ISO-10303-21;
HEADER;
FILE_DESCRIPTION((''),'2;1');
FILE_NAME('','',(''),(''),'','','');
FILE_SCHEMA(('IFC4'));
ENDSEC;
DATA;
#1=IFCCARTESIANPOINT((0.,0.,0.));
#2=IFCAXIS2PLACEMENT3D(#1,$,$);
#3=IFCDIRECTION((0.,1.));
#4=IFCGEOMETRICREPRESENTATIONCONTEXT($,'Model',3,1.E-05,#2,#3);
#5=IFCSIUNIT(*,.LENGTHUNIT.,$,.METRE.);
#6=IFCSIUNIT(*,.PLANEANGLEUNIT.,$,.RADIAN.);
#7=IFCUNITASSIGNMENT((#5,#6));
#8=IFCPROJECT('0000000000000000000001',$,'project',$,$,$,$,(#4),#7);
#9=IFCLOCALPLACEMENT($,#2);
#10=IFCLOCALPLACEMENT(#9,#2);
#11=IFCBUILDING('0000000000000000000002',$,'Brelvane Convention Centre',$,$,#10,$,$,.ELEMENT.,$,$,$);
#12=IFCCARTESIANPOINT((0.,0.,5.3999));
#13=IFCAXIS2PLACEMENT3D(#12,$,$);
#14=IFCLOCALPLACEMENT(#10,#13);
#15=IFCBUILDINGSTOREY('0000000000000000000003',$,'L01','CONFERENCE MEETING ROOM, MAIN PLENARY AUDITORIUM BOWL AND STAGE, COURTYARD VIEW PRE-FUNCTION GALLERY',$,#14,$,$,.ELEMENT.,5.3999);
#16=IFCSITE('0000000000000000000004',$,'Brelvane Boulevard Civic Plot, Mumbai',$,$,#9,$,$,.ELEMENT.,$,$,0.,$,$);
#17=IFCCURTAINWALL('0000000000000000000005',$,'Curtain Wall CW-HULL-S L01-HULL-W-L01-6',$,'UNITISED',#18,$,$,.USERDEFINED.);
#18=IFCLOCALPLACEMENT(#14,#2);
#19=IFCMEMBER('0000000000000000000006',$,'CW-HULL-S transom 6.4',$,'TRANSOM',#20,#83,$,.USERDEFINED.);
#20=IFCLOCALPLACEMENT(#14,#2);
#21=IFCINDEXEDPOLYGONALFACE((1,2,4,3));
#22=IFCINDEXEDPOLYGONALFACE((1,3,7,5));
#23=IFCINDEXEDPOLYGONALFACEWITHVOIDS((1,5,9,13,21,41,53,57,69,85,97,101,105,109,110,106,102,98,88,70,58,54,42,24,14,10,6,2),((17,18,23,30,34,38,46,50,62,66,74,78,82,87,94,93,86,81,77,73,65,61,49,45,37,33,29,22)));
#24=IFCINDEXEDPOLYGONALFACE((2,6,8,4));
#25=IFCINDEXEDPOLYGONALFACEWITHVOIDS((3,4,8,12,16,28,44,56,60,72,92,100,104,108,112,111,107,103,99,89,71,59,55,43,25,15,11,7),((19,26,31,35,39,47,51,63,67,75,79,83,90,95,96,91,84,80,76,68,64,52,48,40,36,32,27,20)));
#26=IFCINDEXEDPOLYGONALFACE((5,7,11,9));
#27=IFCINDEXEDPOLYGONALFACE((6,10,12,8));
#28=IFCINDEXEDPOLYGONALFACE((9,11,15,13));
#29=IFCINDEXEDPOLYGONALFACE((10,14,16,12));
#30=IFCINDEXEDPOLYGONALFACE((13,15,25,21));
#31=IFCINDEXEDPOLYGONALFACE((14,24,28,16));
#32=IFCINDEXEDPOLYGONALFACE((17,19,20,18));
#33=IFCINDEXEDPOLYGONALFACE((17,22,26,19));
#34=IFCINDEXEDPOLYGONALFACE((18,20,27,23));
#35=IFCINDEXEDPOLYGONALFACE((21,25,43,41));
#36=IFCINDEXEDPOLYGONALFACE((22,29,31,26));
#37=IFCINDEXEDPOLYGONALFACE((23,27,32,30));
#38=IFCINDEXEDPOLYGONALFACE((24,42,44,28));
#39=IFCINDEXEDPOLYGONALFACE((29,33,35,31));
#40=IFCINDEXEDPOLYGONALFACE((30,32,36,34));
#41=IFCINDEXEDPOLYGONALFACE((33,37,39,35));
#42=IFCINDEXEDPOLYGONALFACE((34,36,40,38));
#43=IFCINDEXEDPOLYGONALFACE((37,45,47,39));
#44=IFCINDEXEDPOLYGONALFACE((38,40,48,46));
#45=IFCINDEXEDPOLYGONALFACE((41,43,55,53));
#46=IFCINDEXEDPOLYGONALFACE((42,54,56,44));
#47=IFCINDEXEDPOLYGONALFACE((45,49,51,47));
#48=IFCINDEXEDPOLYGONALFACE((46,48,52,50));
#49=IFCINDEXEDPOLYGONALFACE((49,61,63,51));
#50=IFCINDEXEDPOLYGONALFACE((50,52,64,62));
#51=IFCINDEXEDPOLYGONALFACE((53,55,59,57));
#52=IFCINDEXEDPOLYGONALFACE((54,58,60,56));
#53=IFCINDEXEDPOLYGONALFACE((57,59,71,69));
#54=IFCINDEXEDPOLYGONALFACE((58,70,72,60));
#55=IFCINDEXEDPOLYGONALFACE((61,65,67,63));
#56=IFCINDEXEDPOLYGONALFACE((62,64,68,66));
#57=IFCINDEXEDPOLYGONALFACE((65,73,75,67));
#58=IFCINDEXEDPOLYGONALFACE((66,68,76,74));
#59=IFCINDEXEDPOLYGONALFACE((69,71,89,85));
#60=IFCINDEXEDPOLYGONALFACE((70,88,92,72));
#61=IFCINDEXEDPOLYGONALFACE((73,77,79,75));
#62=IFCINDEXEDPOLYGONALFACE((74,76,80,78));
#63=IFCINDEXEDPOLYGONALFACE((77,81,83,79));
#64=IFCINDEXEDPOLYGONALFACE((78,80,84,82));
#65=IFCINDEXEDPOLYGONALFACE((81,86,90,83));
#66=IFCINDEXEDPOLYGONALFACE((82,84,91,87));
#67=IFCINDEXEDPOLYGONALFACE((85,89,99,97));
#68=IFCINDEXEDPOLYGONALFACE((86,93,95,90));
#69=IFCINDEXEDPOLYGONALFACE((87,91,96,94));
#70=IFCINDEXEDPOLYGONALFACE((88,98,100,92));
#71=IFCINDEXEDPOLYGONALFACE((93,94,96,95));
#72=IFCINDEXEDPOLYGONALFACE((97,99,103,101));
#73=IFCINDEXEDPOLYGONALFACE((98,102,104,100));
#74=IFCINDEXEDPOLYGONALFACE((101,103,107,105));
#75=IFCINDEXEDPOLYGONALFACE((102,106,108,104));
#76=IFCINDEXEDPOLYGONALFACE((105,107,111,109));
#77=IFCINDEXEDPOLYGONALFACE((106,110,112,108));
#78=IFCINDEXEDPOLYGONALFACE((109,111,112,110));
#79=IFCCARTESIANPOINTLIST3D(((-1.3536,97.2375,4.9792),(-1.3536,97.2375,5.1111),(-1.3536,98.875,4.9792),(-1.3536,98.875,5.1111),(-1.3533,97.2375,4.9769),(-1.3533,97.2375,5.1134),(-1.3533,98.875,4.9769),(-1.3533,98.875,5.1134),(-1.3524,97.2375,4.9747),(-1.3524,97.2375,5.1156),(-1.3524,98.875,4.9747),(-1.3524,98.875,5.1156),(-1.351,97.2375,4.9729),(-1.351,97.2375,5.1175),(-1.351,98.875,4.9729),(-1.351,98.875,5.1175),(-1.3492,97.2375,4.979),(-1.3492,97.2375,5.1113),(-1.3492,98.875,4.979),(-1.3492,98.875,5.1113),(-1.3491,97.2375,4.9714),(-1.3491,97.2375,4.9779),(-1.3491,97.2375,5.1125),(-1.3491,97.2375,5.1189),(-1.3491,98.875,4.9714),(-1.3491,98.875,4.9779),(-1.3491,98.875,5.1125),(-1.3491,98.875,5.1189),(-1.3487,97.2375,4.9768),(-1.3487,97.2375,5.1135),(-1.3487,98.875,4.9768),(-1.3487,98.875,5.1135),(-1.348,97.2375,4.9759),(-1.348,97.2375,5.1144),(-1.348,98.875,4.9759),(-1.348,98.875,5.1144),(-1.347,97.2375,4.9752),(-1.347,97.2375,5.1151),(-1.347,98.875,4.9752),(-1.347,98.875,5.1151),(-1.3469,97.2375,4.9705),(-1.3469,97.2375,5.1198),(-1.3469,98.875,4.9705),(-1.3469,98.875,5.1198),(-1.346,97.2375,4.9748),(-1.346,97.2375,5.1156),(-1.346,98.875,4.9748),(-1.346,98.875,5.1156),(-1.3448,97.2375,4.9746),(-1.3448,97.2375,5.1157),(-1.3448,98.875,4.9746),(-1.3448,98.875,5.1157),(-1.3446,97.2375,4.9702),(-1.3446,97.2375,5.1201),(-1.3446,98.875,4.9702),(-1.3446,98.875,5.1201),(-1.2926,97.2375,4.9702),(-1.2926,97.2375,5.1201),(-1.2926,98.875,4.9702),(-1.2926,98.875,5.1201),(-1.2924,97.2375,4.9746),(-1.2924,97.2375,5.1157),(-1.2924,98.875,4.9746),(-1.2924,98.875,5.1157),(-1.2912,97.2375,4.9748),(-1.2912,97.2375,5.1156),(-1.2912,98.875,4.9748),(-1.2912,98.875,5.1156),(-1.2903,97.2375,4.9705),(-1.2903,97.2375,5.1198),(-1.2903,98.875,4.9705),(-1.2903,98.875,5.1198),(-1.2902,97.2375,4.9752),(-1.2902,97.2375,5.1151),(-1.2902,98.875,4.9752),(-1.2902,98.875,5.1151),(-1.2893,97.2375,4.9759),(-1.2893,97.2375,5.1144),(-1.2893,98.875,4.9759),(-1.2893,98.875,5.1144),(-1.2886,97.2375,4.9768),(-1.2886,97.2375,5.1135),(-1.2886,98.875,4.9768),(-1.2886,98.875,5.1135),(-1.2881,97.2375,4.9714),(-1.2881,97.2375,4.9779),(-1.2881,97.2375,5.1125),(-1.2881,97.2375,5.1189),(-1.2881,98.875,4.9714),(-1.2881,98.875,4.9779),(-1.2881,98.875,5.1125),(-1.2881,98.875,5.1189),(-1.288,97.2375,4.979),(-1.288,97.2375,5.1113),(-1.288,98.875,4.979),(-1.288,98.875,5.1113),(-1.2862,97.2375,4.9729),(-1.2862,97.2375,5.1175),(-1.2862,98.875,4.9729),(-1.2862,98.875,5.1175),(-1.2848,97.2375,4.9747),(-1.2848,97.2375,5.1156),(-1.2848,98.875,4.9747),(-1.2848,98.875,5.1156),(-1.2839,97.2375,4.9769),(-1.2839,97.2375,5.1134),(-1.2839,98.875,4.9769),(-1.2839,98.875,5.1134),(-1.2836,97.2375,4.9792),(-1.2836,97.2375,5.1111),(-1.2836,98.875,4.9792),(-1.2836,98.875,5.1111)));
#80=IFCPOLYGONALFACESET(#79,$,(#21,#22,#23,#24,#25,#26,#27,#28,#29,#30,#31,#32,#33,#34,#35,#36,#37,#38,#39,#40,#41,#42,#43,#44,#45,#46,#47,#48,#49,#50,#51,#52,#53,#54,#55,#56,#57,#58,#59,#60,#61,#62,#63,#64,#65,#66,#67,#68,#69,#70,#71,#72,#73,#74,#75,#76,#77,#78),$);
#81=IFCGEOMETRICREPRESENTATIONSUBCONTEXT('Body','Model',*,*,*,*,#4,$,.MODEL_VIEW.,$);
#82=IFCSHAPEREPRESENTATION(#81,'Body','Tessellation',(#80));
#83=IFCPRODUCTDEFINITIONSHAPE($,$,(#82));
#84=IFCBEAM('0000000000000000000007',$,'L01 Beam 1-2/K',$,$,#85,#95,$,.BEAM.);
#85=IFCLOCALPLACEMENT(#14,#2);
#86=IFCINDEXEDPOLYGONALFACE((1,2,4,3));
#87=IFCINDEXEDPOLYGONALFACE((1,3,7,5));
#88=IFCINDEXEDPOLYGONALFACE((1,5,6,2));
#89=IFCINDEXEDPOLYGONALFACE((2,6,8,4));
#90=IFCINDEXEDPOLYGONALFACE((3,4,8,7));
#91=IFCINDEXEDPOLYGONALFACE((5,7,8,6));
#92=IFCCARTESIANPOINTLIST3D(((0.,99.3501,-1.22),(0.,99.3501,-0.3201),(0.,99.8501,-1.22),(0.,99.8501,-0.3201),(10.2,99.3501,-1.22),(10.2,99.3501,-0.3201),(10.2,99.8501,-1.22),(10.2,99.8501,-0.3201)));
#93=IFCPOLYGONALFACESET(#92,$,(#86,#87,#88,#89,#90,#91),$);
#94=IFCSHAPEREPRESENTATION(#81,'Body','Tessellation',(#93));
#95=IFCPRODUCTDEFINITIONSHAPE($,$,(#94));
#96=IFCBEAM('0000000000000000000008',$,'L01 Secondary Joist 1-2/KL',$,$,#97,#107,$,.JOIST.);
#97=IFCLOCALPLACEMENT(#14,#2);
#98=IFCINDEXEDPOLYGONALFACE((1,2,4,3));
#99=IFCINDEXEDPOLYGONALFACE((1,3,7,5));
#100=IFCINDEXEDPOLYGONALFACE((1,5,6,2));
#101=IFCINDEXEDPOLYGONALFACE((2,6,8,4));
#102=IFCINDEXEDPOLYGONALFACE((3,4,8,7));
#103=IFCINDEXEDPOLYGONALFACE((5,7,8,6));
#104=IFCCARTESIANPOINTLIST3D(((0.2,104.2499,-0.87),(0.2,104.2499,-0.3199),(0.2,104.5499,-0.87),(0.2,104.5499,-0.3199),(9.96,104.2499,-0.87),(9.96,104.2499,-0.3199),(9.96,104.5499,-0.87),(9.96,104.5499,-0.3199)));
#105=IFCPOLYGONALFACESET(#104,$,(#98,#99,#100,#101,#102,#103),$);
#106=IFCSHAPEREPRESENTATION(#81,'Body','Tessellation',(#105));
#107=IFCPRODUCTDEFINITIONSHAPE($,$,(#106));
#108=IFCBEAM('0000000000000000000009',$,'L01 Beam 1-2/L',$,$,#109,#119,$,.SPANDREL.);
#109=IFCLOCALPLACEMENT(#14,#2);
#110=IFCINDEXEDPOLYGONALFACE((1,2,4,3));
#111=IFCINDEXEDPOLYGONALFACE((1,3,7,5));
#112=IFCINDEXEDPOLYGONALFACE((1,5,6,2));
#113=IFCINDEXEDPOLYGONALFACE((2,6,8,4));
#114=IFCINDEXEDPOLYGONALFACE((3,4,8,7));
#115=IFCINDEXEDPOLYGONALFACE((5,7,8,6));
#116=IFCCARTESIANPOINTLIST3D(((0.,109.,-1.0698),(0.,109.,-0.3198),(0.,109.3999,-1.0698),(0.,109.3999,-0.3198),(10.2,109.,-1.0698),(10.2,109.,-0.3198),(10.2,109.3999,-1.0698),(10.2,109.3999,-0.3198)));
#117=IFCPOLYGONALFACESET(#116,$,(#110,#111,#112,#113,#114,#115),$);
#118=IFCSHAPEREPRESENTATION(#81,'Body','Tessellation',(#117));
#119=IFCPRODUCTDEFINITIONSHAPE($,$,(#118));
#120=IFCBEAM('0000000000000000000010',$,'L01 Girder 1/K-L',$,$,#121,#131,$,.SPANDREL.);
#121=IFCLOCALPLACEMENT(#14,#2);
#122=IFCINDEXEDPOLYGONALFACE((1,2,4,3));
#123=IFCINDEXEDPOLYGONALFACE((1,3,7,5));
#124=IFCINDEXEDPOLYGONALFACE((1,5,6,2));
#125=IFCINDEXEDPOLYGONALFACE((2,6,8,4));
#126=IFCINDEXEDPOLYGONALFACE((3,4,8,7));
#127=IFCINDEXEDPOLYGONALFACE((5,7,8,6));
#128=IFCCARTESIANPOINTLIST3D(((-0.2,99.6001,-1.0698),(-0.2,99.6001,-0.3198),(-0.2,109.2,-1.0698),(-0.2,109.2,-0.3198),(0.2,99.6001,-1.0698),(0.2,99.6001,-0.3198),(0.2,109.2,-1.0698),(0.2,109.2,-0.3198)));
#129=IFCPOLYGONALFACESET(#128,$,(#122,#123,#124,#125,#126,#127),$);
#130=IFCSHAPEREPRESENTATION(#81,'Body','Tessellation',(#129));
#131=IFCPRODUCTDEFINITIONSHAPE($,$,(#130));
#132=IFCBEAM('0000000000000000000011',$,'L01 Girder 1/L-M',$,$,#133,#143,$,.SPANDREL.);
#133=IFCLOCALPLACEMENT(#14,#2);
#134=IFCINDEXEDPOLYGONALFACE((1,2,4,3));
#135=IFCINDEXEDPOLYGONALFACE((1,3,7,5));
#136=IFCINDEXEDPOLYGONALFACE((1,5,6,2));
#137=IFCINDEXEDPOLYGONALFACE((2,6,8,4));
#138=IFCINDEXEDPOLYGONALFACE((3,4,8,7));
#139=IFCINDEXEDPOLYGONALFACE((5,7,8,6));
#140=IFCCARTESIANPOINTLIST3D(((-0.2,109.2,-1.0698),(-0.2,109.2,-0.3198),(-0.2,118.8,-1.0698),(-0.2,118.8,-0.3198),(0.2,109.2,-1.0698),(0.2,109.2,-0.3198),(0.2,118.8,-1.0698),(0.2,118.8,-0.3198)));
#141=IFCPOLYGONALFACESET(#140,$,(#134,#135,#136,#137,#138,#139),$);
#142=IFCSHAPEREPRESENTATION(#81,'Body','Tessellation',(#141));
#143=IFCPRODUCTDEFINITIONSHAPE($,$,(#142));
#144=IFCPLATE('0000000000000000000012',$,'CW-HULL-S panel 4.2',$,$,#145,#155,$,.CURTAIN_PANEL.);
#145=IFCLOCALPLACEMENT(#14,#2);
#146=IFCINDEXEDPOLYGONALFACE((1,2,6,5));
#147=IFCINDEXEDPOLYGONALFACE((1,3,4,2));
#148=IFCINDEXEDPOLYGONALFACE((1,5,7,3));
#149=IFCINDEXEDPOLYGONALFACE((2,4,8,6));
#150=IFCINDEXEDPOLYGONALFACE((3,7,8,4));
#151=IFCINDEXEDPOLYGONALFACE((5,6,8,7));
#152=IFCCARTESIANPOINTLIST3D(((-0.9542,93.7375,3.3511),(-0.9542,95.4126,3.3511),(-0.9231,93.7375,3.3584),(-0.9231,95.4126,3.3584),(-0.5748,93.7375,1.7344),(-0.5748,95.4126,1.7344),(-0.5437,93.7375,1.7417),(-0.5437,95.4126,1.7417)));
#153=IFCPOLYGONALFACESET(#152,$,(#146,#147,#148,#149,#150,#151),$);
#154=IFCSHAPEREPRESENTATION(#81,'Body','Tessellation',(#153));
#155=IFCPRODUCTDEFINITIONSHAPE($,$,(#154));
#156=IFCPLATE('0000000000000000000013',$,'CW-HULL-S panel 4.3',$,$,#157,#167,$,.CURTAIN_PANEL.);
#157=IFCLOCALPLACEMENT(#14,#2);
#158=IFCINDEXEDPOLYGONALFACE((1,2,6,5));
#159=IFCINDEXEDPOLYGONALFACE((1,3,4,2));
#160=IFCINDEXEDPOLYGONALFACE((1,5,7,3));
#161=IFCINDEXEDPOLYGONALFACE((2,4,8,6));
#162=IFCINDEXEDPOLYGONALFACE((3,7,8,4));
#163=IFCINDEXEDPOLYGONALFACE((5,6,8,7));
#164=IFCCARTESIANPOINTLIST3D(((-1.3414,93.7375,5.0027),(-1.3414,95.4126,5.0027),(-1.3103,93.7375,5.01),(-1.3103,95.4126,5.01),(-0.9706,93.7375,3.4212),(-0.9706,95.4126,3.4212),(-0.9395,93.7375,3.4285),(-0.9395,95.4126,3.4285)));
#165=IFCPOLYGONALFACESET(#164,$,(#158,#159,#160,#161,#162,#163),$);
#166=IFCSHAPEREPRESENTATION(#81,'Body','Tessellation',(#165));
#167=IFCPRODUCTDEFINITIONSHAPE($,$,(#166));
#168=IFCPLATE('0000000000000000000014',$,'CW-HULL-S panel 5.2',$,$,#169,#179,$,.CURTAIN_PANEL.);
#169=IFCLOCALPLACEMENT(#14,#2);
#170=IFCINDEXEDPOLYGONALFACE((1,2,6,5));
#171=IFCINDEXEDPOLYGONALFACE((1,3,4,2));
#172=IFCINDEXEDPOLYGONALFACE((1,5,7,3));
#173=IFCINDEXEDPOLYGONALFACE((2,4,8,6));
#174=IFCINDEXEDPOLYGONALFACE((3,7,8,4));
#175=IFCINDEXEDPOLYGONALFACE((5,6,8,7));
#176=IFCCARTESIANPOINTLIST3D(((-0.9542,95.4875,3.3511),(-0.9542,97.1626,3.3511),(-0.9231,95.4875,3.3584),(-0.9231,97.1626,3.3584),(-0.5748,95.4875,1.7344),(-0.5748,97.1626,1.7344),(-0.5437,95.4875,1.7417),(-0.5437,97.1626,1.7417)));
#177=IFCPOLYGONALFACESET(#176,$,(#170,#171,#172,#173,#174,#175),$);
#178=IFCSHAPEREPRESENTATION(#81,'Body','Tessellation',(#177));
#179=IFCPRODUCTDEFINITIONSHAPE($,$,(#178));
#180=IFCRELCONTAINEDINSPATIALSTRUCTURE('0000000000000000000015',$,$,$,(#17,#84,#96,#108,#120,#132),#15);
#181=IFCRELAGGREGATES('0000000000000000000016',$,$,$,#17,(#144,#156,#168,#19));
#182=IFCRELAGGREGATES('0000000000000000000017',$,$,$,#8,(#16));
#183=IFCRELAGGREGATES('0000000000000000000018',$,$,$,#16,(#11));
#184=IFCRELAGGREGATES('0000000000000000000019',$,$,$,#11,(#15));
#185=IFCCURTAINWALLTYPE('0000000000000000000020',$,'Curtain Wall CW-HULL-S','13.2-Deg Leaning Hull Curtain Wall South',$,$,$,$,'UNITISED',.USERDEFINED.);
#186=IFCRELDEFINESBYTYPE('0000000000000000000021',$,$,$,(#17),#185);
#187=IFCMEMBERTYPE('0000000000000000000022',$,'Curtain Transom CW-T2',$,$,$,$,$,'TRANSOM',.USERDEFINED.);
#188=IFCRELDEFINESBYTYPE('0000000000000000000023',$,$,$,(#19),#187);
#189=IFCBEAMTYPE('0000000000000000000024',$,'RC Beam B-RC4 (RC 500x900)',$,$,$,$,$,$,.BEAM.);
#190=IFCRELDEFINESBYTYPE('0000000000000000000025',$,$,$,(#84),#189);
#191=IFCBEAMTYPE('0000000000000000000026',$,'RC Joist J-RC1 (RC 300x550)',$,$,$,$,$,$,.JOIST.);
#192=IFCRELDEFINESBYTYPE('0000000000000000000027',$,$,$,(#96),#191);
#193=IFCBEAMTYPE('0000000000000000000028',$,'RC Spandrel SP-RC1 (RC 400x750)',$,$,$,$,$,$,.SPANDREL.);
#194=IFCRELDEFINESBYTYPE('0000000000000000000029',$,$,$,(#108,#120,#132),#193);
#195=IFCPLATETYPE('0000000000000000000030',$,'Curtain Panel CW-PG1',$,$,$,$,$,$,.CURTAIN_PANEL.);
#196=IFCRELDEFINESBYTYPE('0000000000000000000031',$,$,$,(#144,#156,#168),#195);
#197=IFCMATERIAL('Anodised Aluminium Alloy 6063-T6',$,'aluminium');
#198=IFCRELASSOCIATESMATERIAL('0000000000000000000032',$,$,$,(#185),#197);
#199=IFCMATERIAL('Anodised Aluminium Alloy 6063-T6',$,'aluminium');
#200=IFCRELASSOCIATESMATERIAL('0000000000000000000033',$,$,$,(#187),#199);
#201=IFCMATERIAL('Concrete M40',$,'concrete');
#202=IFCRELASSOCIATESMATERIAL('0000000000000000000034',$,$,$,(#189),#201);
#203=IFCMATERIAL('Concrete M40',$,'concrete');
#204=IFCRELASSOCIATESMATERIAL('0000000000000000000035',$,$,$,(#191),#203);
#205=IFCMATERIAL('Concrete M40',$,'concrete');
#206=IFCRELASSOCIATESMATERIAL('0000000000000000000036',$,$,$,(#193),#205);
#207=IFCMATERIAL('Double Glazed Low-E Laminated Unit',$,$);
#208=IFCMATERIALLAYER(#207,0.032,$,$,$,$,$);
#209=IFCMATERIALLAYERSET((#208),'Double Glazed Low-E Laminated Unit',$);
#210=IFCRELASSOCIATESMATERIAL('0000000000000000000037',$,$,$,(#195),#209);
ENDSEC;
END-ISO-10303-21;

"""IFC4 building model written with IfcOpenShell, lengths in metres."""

from ifc_helpers import new_model, si_unit, direction, frame, origin, origin_2d, place, context, subcontext, project, spatial, polyline, rectangle, hollow_rectangle, outline, extrude, material, layer, layer_set, material_profile, profile_set, type_object, element, aggregate, save


model = new_model("IFC4")

# Units and contexts
model_context = context("Model", 3, precision=1e-05, world=origin(), true_north=direction((0.0, 1.0)))
body_context = subcontext(model_context, "Body", "Model", "MODEL_VIEW")
ifc_project = project(units=[si_unit("LENGTHUNIT", "METRE"), si_unit("PLANEANGLEUNIT", "RADIAN")], contexts=[model_context])

# Site, building, storey
site_placement = place(None, origin())
site = spatial("IfcSite", under=ifc_project, at=site_placement, Name="Brelvane Boulevard Civic Plot, Mumbai", CompositionType="ELEMENT", RefElevation=0.0)
building_placement = place(site_placement, origin())
building = spatial("IfcBuilding", under=site, at=building_placement, Name="Brelvane Convention Centre", CompositionType="ELEMENT")
storey_placement = place(building_placement, frame((0.0, 0.0, 5.3999)))
storey = spatial("IfcBuildingStorey", under=building, at=storey_placement, Name="L01", Description="CONFERENCE MEETING ROOM, MAIN PLENARY AUDITORIUM BOWL AND STAGE, COURTYARD VIEW PRE-FUNCTION GALLERY", CompositionType="ELEMENT", Elevation=5.3999)

# Curtain wall, member
ifc_material_1 = material(Name="Anodised Aluminium Alloy 6063-T6", Category="aluminium")
curtain_wall_type = type_object("IfcCurtainWallType", Name="Curtain Wall CW-HULL-S", Description="13.2-Deg Leaning Hull Curtain Wall South", ElementType="UNITISED", PredefinedType="USERDEFINED", material=ifc_material_1)
curtain_wall_placement = place(storey_placement, origin())
curtain_wall = element("IfcCurtainWall", 1, at=curtain_wall_placement, inside=storey, type_object=curtain_wall_type, Name="Curtain Wall CW-HULL-S L01-HULL-W-L01-6", ObjectType="UNITISED", PredefinedType="USERDEFINED")
ifc_material_2 = material(Name="Anodised Aluminium Alloy 6063-T6", Category="aluminium")
ifc_material_profile_1 = material_profile(ifc_material_2, hollow_rectangle(XDim=0.0701, YDim=0.1499, WallThickness=0.0044, InnerFilletRadius=0.0044, OuterFilletRadius=0.009, at=origin_2d()), Name="ALU-T 150x70x4.5")
ifc_profile_set_1 = profile_set([ifc_material_profile_1], Name="Anodised Aluminium Alloy 6063-T6")
member_type_1 = type_object("IfcMemberType", Name="Curtain Transom CW-T2", ElementType="TRANSOM", PredefinedType="USERDEFINED", material=ifc_profile_set_1)
member_1_placement = place(storey_placement, frame((-1.3186, 97.2375, 5.0452), z_axis=(0.0, 1.0, 0.0), x_axis=(-1.0, 0.0, 0.0)))
member_1 = element("IfcMember", 2, at=member_1_placement, type_object=member_type_1, Name="CW-HULL-S transom 6.4", ObjectType="TRANSOM", PredefinedType="USERDEFINED", context=body_context, shape_type="SweptSolid", body=[
    extrude(hollow_rectangle(XDim=0.0701, YDim=0.1499, WallThickness=0.0044, InnerFilletRadius=0.0044, OuterFilletRadius=0.009, at=origin_2d()), origin(), (0.0, 0.0, 1.0), 1.6375),
])

# Beams
ifc_material_3 = material(Name="Concrete M40", Category="concrete")
ifc_material_profile_2 = material_profile(ifc_material_3, rectangle(XDim=0.5, YDim=0.8999, at=origin_2d()), Name="RC 500x900")
ifc_profile_set_2 = profile_set([ifc_material_profile_2], Name="Concrete M40")
beam_type_1 = type_object("IfcBeamType", Name="RC Beam B-RC4 (RC 500x900)", PredefinedType="BEAM", material=ifc_profile_set_2)
beam_1_placement = place(storey_placement, frame((0.0, 99.6001, -0.77), z_axis=(1.0, 0.0, 0.0), x_axis=(0.0, 1.0, 0.0)))
element("IfcBeam", 3, at=beam_1_placement, inside=storey, type_object=beam_type_1, Name="L01 Beam 1-2/K", PredefinedType="BEAM", context=body_context, shape_type="SweptSolid", body=[
    extrude(rectangle(XDim=0.5, YDim=0.8999, at=origin_2d()), origin(), (0.0, 0.0, 1.0), 10.2),
])
ifc_material_4 = material(Name="Concrete M40", Category="concrete")
ifc_material_profile_3 = material_profile(ifc_material_4, rectangle(XDim=0.3, YDim=0.55, at=origin_2d()), Name="RC 300x550")
ifc_profile_set_3 = profile_set([ifc_material_profile_3], Name="Concrete M40")
beam_type_2 = type_object("IfcBeamType", Name="RC Joist J-RC1 (RC 300x550)", PredefinedType="JOIST", material=ifc_profile_set_3)
beam_2_placement = place(storey_placement, frame((0.2, 104.3999, -0.595), z_axis=(1.0, 0.0, 0.0), x_axis=(0.0, 1.0, 0.0)))
element("IfcBeam", 4, at=beam_2_placement, inside=storey, type_object=beam_type_2, Name="L01 Secondary Joist 1-2/KL", PredefinedType="JOIST", context=body_context, shape_type="SweptSolid", body=[
    extrude(rectangle(XDim=0.3, YDim=0.55, at=origin_2d()), origin(), (0.0, 0.0, 1.0), 9.76),
])
ifc_material_5 = material(Name="Concrete M40", Category="concrete")
ifc_material_profile_4 = material_profile(ifc_material_5, rectangle(XDim=0.3999, YDim=0.75, at=origin_2d()), Name="RC 400x750")
ifc_profile_set_4 = profile_set([ifc_material_profile_4], Name="Concrete M40")
beam_type_3 = type_object("IfcBeamType", Name="RC Spandrel SP-RC1 (RC 400x750)", PredefinedType="SPANDREL", material=ifc_profile_set_4)
beam_3_placement = place(storey_placement, frame((0.0, 109.2, -0.6948), z_axis=(1.0, 0.0, 0.0), x_axis=(0.0, 1.0, 0.0)))
element("IfcBeam", 5, at=beam_3_placement, inside=storey, type_object=beam_type_3, Name="L01 Beam 1-2/L", PredefinedType="SPANDREL", context=body_context, shape_type="SweptSolid", body=[
    extrude(rectangle(XDim=0.3999, YDim=0.75, at=origin_2d()), origin(), (0.0, 0.0, 1.0), 10.2),
])
beam_4_placement = place(storey_placement, frame((0.0, 99.6001, -0.6948), z_axis=(0.0, 1.0, 0.0), x_axis=(-1.0, 0.0, 0.0)))
element("IfcBeam", 6, at=beam_4_placement, inside=storey, type_object=beam_type_3, Name="L01 Girder 1/K-L", PredefinedType="SPANDREL", context=body_context, shape_type="SweptSolid", body=[
    extrude(rectangle(XDim=0.3999, YDim=0.75, at=origin_2d()), origin(), (0.0, 0.0, 1.0), 9.5999),
])
beam_5_placement = place(storey_placement, frame((0.0, 109.2, -0.6948), z_axis=(0.0, 1.0, 0.0), x_axis=(-1.0, 0.0, 0.0)))
element("IfcBeam", 7, at=beam_5_placement, inside=storey, type_object=beam_type_3, Name="L01 Girder 1/L-M", PredefinedType="SPANDREL", context=body_context, shape_type="SweptSolid", body=[
    extrude(rectangle(XDim=0.3999, YDim=0.75, at=origin_2d()), origin(), (0.0, 0.0, 1.0), 9.6001),
])

# Plates
ifc_material_6 = material(Name="Double Glazed Low-E Laminated Unit")
ifc_layer_1 = layer(ifc_material_6, 0.032)
ifc_layer_set_1 = layer_set([ifc_layer_1], Name="Double Glazed Low-E Laminated Unit")
plate_type_1 = type_object("IfcPlateType", Name="Curtain Panel CW-PG1", PredefinedType="CURTAIN_PANEL", material=ifc_layer_set_1)
plate_1_placement = place(storey_placement, frame((-0.5437, 93.7375, 1.7417), z_axis=(0.973552, 0.0, 0.228466), x_axis=(0.0, 1.0, 0.0)))
plate_1 = element("IfcPlate", 8, at=plate_1_placement, type_object=plate_type_1, Name="CW-HULL-S panel 4.2", PredefinedType="CURTAIN_PANEL", context=body_context, shape_type="SweptSolid", body=[
    extrude(outline(polyline([(0.0, 0.0), (1.675, 0.0), (1.675, 1.6606), (0.0, 1.6606), (0.0, 0.0)])), origin(), (0.0, 0.0, -1.0), 0.032),
])
plate_2_placement = place(storey_placement, frame((-0.9395, 93.7375, 3.4285), z_axis=(0.973592, 0.0, 0.228294), x_axis=(0.0, 1.0, 0.0)))
plate_2 = element("IfcPlate", 9, at=plate_2_placement, type_object=plate_type_1, Name="CW-HULL-S panel 4.3", PredefinedType="CURTAIN_PANEL", context=body_context, shape_type="SweptSolid", body=[
    extrude(outline(polyline([(0.0, 0.0), (1.675, 0.0), (1.675, 1.6244), (0.0, 1.6244), (0.0, 0.0)])), origin(), (0.0, 0.0, -1.0), 0.032),
])
plate_3_placement = place(storey_placement, frame((-0.5437, 95.4875, 1.7417), z_axis=(0.973552, 0.0, 0.228466), x_axis=(0.0, 1.0, 0.0)))
plate_3 = element("IfcPlate", 10, at=plate_3_placement, type_object=plate_type_1, Name="CW-HULL-S panel 5.2", PredefinedType="CURTAIN_PANEL", context=body_context, shape_type="SweptSolid", body=[
    extrude(outline(polyline([(0.0, 0.0), (1.675, 0.0), (1.675, 1.6606), (0.0, 1.6606), (0.0, 0.0)])), origin(), (0.0, 0.0, -1.0), 0.032),
])
aggregate(curtain_wall, [plate_1, plate_2, plate_3, member_1])

save(model, "model.ifc")
